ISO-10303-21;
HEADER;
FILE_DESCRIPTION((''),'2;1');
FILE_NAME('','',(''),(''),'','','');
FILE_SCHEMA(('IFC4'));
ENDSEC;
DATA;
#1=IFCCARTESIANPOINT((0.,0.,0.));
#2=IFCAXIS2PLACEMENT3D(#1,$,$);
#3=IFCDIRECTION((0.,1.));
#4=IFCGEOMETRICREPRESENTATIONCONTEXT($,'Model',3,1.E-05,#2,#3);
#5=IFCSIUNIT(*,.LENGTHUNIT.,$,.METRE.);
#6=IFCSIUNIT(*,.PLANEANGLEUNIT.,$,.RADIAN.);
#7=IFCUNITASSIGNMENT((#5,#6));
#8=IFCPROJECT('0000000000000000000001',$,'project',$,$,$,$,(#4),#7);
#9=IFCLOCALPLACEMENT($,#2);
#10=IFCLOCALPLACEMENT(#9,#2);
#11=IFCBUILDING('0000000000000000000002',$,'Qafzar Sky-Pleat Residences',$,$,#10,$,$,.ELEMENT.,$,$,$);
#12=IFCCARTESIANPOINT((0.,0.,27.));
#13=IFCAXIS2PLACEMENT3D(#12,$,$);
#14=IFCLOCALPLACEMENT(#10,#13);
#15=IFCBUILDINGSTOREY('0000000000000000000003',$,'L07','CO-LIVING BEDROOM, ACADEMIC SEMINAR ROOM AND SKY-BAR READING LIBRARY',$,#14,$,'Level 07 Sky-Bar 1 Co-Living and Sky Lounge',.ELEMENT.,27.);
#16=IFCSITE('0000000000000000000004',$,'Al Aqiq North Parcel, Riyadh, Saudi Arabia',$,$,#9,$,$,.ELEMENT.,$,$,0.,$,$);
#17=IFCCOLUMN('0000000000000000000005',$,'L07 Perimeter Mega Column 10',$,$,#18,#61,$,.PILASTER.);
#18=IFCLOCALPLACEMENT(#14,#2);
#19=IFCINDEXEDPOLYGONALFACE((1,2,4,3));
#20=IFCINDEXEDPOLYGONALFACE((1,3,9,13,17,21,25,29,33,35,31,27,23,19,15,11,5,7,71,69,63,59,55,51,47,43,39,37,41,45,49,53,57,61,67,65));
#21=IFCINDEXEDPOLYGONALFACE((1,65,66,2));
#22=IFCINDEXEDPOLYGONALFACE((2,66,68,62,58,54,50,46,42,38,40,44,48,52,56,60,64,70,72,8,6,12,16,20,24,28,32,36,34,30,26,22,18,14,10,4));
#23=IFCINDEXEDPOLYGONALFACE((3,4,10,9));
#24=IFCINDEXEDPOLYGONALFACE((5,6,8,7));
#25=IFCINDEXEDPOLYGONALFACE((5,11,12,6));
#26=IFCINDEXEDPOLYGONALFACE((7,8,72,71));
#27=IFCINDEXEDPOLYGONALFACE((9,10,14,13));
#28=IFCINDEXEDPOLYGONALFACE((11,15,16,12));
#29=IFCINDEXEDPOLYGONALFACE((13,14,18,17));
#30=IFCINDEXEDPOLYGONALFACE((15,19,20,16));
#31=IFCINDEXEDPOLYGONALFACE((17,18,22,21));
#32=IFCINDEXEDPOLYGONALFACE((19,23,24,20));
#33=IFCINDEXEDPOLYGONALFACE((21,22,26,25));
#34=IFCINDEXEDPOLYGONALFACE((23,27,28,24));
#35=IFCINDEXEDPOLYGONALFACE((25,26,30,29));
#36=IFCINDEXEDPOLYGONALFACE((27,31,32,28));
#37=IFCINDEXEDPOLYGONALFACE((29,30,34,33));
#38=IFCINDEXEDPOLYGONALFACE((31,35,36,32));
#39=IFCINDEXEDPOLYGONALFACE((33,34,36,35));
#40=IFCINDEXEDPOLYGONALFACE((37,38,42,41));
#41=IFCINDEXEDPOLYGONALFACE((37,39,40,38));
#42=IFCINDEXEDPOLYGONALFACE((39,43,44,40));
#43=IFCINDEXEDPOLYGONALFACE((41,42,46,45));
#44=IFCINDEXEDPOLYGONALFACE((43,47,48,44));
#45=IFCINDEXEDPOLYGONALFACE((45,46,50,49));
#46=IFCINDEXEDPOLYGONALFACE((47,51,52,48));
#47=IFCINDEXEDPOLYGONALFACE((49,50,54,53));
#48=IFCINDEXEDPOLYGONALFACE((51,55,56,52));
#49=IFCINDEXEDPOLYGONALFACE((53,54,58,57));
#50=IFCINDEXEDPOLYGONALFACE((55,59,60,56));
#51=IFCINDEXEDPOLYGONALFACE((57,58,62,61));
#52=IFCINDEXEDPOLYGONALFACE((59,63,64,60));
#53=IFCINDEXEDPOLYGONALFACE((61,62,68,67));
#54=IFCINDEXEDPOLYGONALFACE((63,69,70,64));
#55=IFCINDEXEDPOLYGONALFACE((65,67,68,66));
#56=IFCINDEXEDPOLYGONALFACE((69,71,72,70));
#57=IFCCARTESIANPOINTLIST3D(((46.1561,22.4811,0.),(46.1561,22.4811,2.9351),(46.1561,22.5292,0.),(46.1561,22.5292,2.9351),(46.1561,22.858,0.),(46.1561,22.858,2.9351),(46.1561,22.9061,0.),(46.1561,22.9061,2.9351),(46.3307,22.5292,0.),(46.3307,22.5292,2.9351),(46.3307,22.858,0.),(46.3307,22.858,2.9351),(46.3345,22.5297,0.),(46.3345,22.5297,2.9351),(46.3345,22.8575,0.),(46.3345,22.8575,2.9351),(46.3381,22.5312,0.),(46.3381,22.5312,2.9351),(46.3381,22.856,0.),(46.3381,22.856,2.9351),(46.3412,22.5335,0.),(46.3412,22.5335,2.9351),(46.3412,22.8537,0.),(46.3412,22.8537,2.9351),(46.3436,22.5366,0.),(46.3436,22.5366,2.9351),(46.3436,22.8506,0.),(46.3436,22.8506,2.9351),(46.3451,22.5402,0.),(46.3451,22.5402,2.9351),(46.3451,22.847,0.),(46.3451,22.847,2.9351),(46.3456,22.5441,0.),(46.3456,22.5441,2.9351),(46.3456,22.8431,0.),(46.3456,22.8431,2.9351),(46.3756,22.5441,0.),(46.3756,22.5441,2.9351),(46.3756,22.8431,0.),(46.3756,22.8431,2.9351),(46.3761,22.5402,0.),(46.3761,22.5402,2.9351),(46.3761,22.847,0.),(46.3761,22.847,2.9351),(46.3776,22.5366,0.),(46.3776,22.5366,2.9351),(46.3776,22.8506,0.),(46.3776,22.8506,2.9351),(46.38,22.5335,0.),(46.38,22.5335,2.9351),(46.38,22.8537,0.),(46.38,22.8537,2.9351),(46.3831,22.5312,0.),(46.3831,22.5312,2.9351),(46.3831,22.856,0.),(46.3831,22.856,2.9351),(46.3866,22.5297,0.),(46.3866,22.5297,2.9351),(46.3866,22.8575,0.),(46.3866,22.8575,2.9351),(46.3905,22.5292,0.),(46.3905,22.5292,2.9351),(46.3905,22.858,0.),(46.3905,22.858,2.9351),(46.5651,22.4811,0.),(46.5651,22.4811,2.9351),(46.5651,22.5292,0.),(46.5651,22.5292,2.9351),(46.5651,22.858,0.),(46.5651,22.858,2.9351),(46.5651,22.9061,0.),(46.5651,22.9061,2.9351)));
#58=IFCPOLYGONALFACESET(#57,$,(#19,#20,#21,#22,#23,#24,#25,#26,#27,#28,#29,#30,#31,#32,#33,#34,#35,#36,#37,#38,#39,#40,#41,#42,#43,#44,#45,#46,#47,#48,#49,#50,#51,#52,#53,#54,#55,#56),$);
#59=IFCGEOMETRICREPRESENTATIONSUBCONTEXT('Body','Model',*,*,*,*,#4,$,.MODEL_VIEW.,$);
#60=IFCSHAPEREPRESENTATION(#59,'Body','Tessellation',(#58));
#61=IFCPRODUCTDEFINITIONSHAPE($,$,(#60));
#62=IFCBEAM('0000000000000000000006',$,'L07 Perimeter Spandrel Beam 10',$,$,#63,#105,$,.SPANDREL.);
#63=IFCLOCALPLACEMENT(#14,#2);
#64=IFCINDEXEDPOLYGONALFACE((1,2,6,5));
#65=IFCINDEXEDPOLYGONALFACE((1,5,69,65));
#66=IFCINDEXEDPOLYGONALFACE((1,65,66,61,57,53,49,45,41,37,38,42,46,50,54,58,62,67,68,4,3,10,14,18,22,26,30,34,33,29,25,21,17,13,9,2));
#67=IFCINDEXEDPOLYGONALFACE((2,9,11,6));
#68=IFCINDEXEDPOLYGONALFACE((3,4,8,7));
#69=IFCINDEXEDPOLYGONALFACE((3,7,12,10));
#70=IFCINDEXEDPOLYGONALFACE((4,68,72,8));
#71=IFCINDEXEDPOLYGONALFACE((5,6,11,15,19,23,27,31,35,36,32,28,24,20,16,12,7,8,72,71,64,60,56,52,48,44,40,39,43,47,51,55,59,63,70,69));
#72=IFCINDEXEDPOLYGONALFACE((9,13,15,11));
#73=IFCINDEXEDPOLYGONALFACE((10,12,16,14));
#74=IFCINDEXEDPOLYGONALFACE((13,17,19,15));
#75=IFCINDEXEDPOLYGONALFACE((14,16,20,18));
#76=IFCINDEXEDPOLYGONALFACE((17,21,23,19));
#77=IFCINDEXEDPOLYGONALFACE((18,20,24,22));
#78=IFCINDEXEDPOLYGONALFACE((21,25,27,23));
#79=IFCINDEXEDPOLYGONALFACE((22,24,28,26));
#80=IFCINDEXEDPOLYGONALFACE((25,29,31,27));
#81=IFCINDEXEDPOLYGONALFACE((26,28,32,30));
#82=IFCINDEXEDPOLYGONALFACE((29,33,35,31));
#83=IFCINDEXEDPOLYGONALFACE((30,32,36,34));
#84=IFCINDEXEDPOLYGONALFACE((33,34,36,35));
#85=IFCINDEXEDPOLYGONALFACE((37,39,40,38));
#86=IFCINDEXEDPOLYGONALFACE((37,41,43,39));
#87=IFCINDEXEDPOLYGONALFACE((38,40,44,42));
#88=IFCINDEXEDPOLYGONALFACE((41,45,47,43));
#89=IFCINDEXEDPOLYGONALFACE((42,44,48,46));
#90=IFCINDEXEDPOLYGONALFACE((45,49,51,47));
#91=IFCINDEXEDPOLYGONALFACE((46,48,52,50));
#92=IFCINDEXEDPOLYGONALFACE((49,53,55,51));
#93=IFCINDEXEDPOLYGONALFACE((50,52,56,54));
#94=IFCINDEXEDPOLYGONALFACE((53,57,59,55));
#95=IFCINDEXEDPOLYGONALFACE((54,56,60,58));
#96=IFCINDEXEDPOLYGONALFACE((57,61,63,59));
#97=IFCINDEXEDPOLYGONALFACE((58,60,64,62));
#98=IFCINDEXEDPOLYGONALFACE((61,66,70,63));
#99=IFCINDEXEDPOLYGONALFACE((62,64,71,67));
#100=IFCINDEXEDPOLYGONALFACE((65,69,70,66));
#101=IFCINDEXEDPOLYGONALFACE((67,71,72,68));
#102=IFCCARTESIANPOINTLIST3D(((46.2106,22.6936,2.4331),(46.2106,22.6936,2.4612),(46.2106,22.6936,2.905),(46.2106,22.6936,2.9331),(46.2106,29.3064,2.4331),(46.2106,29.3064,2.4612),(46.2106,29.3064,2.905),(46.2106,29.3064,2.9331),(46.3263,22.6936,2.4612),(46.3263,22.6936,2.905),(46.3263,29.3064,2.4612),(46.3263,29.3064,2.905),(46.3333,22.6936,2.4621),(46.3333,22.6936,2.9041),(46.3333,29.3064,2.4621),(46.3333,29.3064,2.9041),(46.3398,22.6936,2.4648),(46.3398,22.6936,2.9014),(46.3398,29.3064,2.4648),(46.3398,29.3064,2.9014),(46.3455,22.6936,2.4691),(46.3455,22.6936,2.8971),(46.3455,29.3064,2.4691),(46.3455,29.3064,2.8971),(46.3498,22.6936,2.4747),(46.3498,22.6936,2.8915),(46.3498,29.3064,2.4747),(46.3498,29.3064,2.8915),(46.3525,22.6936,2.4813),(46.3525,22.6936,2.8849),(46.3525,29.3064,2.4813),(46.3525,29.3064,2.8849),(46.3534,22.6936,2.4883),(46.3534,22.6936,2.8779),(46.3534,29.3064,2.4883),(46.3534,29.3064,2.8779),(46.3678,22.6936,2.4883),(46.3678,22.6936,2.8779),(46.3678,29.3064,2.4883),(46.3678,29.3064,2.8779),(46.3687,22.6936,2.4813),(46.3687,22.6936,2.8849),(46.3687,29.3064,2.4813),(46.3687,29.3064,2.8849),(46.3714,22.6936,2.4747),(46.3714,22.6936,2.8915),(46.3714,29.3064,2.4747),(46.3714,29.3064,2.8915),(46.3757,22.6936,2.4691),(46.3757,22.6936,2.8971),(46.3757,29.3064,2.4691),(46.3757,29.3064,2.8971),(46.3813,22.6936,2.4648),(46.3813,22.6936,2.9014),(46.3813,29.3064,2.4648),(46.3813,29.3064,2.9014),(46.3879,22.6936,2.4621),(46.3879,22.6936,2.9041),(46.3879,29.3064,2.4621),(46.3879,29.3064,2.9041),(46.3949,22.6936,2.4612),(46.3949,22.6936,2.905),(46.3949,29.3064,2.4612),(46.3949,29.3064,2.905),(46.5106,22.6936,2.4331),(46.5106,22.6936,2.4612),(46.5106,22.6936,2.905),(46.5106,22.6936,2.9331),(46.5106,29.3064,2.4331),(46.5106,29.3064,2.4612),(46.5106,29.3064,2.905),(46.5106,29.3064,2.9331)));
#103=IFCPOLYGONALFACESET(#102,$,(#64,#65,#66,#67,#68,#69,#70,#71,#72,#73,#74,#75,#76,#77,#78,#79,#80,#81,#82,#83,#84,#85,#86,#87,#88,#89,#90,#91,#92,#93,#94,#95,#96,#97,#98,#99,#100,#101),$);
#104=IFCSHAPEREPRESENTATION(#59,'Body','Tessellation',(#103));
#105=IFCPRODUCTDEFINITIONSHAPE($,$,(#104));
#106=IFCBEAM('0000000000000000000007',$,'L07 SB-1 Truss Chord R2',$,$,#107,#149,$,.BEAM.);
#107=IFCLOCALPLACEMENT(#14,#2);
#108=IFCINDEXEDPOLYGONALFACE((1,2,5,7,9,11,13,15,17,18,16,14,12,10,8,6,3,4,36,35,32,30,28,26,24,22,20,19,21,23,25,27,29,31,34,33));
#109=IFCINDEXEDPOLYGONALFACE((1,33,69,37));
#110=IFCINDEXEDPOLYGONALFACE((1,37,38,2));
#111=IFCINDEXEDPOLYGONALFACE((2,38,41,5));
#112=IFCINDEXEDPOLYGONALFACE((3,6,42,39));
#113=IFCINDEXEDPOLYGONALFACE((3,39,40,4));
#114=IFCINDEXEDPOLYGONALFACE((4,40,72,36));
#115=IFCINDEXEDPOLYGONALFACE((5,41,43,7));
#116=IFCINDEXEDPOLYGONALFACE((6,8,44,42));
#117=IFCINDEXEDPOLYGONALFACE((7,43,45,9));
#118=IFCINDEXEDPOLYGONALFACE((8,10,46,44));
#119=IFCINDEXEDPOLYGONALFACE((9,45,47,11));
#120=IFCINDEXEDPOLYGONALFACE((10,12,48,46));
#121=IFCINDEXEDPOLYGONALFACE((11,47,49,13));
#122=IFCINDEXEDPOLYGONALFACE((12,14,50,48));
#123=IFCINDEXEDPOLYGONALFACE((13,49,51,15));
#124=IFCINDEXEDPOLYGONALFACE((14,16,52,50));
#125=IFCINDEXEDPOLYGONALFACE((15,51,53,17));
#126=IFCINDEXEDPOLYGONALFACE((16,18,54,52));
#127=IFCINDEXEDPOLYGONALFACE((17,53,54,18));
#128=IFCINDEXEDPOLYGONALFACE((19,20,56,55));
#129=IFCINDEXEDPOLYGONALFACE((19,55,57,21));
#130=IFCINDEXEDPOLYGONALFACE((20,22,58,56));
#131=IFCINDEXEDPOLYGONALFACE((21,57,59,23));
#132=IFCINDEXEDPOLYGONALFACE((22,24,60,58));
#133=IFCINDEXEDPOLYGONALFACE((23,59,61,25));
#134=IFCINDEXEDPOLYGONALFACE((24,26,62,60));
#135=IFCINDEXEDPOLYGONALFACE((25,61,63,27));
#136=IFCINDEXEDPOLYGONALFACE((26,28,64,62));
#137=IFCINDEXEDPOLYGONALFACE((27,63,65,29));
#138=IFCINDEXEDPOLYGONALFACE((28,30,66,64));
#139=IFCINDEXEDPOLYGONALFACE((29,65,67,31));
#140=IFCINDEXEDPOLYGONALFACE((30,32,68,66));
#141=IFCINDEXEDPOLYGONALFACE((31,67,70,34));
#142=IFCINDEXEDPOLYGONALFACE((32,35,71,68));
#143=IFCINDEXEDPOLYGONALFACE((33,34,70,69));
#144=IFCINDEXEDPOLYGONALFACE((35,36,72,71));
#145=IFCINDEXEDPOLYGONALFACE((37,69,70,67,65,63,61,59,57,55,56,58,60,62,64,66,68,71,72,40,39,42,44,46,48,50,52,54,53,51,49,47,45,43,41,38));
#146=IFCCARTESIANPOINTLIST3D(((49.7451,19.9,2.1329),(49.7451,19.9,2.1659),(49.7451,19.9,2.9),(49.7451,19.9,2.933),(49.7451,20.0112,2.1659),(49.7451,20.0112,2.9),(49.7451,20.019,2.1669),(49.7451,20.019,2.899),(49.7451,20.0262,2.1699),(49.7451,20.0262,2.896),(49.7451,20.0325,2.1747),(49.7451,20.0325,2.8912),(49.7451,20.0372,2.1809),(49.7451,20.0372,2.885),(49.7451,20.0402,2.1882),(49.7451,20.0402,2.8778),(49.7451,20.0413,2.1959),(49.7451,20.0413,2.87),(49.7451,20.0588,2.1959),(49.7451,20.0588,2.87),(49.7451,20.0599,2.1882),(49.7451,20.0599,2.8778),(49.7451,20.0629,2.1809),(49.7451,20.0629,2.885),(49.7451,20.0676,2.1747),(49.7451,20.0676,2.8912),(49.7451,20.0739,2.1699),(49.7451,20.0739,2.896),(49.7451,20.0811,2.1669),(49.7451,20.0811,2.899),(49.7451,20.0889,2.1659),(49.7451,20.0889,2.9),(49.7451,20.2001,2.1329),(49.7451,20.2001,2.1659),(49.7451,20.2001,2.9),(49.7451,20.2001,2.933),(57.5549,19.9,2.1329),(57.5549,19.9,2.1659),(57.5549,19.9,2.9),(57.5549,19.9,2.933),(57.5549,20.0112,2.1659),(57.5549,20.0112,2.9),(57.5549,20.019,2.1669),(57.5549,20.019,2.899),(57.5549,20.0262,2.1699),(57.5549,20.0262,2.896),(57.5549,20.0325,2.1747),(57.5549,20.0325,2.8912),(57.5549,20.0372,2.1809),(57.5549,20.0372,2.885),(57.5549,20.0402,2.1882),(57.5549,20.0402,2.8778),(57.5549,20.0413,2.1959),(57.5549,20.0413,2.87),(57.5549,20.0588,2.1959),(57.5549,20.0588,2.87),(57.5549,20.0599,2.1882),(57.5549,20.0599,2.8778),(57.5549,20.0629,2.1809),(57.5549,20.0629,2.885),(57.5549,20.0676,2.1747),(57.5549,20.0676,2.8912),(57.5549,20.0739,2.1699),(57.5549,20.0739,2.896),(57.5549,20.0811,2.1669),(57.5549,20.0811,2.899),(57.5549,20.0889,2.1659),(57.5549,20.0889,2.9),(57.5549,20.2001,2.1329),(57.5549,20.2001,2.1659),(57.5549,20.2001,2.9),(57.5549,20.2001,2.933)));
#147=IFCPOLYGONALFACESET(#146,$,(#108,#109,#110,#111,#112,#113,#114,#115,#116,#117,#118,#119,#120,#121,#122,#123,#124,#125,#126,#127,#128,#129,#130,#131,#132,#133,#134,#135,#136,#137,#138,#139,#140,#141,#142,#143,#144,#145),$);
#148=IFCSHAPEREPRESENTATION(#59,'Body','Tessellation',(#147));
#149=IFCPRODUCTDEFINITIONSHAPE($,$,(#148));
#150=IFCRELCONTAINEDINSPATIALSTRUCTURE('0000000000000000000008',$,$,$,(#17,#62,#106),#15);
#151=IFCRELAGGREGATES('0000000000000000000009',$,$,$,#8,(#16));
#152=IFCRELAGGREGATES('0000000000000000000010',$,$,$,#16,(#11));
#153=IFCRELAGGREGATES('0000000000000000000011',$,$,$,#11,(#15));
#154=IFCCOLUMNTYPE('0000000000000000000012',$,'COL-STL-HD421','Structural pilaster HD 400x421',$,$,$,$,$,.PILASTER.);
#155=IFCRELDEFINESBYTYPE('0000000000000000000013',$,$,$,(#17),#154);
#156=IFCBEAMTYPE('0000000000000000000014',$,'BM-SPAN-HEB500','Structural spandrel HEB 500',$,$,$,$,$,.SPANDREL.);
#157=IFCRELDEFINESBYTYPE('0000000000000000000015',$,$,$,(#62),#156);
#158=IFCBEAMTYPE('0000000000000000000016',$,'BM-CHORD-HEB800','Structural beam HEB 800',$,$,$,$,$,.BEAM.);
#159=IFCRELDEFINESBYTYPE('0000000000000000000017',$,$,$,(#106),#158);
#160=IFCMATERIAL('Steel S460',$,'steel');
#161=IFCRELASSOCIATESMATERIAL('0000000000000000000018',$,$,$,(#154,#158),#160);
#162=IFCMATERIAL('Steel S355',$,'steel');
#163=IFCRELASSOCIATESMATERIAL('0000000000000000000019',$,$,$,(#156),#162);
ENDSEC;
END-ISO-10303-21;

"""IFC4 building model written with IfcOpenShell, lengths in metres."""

from ifc_helpers import new_model, si_unit, direction, frame, origin, origin_2d, place, context, subcontext, project, spatial, i_section, extrude, source, transform, mapped, material, material_profile, profile_set, type_object, element, save


model = new_model("IFC4")

# Units and contexts
model_context = context("Model", 3, precision=1e-05, world=origin(), true_north=direction((0.0, 1.0)))
body_context = subcontext(model_context, "Body", "Model", "MODEL_VIEW")
ifc_project = project(units=[si_unit("LENGTHUNIT", "METRE"), si_unit("PLANEANGLEUNIT", "RADIAN")], contexts=[model_context])

# Site, building, storey
site_placement = place(None, origin())
site = spatial("IfcSite", under=ifc_project, at=site_placement, Name="Al Aqiq North Parcel, Riyadh, Saudi Arabia", CompositionType="ELEMENT", RefElevation=0.0)
building_placement = place(site_placement, origin())
building = spatial("IfcBuilding", under=site, at=building_placement, Name="Qafzar Sky-Pleat Residences", CompositionType="ELEMENT")
storey_placement = place(building_placement, frame((0.0, 0.0, 27.0)))
storey = spatial("IfcBuildingStorey", under=building, at=storey_placement, Name="L07", Description="CO-LIVING BEDROOM, ACADEMIC SEMINAR ROOM AND SKY-BAR READING LIBRARY", LongName="Level 07 Sky-Bar 1 Co-Living and Sky Lounge", CompositionType="ELEMENT", Elevation=27.0)

# Column
ifc_material_1 = material(Name="Steel S460", Category="steel")
ifc_material_profile_1 = material_profile(ifc_material_1, i_section(OverallWidth=0.4089, OverallDepth=0.425, WebThickness=0.03, FlangeThickness=0.0481, FilletRadius=0.0149, at=origin_2d()), Name="HD 400x421")
ifc_profile_set_1 = profile_set([ifc_material_profile_1], Name="Steel S460")
column_type = type_object("IfcColumnType", Name="COL-STL-HD421", Description="Structural pilaster HD 400x421", PredefinedType="PILASTER", material=ifc_profile_set_1)
shared_shape_1 = source(origin(), body_context, "Body", "SweptSolid", [
    extrude(i_section(OverallWidth=0.4089, OverallDepth=0.425, WebThickness=0.03, FlangeThickness=0.0481, FilletRadius=0.0149, at=origin_2d()), origin(), (0.0, 0.0, 1.0), 2.9351),
])
column_placement = place(storey_placement, frame((46.3606, 22.6936, 0.0), z_axis=(0.0, 0.0, 1.0), x_axis=(1.0, 0.0, 0.0)))
element("IfcColumn", 1, at=column_placement, inside=storey, type_object=column_type, Name="L07 Perimeter Mega Column 10", PredefinedType="PILASTER", context=body_context, shape_type="MappedRepresentation", body=[
    mapped(shared_shape_1, transform((0.0, 0.0, 0.0), x_axis=(1.0, 0.0, 0.0), y_axis=(0.0, 1.0, 0.0), z_axis=(0.0, 0.0, 1.0), scale=1.0)),
])

# Beams
ifc_material_2 = material(Name="Steel S355", Category="steel")
ifc_material_profile_2 = material_profile(ifc_material_2, i_section(OverallWidth=0.3, OverallDepth=0.5, WebThickness=0.0144, FlangeThickness=0.0281, FilletRadius=0.0271, at=origin_2d()), Name="HEB 500")
ifc_profile_set_2 = profile_set([ifc_material_profile_2], Name="Steel S355")
beam_type_1 = type_object("IfcBeamType", Name="BM-SPAN-HEB500", Description="Structural spandrel HEB 500", PredefinedType="SPANDREL", material=ifc_profile_set_2)
shared_shape_2 = source(origin(), body_context, "Body", "SweptSolid", [
    extrude(i_section(OverallWidth=0.3, OverallDepth=0.5, WebThickness=0.0144, FlangeThickness=0.0281, FilletRadius=0.0271, at=origin_2d()), origin(), (0.0, 0.0, 1.0), 6.6128),
])
beam_placement = place(storey_placement, frame((46.3606, 22.6936, 2.6831), z_axis=(0.0, 1.0, 0.0), x_axis=(-1.0, 0.0, 0.0)))
element("IfcBeam", 2, at=beam_placement, inside=storey, type_object=beam_type_1, Name="L07 Perimeter Spandrel Beam 10", PredefinedType="SPANDREL", context=body_context, shape_type="MappedRepresentation", body=[
    mapped(shared_shape_2, transform((0.0, 0.0, 0.0), x_axis=(1.0, 0.0, 0.0), y_axis=(0.0, 1.0, 0.0), z_axis=(0.0, 0.0, 1.0), scale=1.0)),
])
ifc_material_profile_3 = material_profile(ifc_material_1, i_section(OverallWidth=0.3, OverallDepth=0.8, WebThickness=0.0176, FlangeThickness=0.033, FilletRadius=0.03, at=origin_2d()), Name="HEB 800")
ifc_profile_set_3 = profile_set([ifc_material_profile_3], Name="Steel S460")
beam_type_2 = type_object("IfcBeamType", Name="BM-CHORD-HEB800", Description="Structural beam HEB 800", PredefinedType="BEAM", material=ifc_profile_set_3)
shared_shape_3 = source(origin(), body_context, "Body", "SweptSolid", [
    extrude(i_section(OverallWidth=0.3, OverallDepth=0.8, WebThickness=0.0176, FlangeThickness=0.033, FilletRadius=0.03, at=origin_2d()), origin(), (0.0, 0.0, 1.0), 7.8098),
])
for number, where, z_axis, x_axis, name in (
    (3, (49.7451, 20.05, 2.533), (1.0, 0.0, 0.0), (0.0, 1.0, 0.0), "L07 SB-1 Truss Chord R2"),
):
    element("IfcBeam", number, at=place(storey_placement, frame(where, z_axis=z_axis, x_axis=x_axis)), inside=storey, type_object=beam_type_2, Name=name, PredefinedType="BEAM", context=body_context, shape_type="MappedRepresentation", body=[
        mapped(shared_shape_3, transform((0.0, 0.0, 0.0), x_axis=(1.0, 0.0, 0.0), y_axis=(0.0, 1.0, 0.0), z_axis=(0.0, 0.0, 1.0), scale=1.0)),
    ])

save(model, "model.ifc")
